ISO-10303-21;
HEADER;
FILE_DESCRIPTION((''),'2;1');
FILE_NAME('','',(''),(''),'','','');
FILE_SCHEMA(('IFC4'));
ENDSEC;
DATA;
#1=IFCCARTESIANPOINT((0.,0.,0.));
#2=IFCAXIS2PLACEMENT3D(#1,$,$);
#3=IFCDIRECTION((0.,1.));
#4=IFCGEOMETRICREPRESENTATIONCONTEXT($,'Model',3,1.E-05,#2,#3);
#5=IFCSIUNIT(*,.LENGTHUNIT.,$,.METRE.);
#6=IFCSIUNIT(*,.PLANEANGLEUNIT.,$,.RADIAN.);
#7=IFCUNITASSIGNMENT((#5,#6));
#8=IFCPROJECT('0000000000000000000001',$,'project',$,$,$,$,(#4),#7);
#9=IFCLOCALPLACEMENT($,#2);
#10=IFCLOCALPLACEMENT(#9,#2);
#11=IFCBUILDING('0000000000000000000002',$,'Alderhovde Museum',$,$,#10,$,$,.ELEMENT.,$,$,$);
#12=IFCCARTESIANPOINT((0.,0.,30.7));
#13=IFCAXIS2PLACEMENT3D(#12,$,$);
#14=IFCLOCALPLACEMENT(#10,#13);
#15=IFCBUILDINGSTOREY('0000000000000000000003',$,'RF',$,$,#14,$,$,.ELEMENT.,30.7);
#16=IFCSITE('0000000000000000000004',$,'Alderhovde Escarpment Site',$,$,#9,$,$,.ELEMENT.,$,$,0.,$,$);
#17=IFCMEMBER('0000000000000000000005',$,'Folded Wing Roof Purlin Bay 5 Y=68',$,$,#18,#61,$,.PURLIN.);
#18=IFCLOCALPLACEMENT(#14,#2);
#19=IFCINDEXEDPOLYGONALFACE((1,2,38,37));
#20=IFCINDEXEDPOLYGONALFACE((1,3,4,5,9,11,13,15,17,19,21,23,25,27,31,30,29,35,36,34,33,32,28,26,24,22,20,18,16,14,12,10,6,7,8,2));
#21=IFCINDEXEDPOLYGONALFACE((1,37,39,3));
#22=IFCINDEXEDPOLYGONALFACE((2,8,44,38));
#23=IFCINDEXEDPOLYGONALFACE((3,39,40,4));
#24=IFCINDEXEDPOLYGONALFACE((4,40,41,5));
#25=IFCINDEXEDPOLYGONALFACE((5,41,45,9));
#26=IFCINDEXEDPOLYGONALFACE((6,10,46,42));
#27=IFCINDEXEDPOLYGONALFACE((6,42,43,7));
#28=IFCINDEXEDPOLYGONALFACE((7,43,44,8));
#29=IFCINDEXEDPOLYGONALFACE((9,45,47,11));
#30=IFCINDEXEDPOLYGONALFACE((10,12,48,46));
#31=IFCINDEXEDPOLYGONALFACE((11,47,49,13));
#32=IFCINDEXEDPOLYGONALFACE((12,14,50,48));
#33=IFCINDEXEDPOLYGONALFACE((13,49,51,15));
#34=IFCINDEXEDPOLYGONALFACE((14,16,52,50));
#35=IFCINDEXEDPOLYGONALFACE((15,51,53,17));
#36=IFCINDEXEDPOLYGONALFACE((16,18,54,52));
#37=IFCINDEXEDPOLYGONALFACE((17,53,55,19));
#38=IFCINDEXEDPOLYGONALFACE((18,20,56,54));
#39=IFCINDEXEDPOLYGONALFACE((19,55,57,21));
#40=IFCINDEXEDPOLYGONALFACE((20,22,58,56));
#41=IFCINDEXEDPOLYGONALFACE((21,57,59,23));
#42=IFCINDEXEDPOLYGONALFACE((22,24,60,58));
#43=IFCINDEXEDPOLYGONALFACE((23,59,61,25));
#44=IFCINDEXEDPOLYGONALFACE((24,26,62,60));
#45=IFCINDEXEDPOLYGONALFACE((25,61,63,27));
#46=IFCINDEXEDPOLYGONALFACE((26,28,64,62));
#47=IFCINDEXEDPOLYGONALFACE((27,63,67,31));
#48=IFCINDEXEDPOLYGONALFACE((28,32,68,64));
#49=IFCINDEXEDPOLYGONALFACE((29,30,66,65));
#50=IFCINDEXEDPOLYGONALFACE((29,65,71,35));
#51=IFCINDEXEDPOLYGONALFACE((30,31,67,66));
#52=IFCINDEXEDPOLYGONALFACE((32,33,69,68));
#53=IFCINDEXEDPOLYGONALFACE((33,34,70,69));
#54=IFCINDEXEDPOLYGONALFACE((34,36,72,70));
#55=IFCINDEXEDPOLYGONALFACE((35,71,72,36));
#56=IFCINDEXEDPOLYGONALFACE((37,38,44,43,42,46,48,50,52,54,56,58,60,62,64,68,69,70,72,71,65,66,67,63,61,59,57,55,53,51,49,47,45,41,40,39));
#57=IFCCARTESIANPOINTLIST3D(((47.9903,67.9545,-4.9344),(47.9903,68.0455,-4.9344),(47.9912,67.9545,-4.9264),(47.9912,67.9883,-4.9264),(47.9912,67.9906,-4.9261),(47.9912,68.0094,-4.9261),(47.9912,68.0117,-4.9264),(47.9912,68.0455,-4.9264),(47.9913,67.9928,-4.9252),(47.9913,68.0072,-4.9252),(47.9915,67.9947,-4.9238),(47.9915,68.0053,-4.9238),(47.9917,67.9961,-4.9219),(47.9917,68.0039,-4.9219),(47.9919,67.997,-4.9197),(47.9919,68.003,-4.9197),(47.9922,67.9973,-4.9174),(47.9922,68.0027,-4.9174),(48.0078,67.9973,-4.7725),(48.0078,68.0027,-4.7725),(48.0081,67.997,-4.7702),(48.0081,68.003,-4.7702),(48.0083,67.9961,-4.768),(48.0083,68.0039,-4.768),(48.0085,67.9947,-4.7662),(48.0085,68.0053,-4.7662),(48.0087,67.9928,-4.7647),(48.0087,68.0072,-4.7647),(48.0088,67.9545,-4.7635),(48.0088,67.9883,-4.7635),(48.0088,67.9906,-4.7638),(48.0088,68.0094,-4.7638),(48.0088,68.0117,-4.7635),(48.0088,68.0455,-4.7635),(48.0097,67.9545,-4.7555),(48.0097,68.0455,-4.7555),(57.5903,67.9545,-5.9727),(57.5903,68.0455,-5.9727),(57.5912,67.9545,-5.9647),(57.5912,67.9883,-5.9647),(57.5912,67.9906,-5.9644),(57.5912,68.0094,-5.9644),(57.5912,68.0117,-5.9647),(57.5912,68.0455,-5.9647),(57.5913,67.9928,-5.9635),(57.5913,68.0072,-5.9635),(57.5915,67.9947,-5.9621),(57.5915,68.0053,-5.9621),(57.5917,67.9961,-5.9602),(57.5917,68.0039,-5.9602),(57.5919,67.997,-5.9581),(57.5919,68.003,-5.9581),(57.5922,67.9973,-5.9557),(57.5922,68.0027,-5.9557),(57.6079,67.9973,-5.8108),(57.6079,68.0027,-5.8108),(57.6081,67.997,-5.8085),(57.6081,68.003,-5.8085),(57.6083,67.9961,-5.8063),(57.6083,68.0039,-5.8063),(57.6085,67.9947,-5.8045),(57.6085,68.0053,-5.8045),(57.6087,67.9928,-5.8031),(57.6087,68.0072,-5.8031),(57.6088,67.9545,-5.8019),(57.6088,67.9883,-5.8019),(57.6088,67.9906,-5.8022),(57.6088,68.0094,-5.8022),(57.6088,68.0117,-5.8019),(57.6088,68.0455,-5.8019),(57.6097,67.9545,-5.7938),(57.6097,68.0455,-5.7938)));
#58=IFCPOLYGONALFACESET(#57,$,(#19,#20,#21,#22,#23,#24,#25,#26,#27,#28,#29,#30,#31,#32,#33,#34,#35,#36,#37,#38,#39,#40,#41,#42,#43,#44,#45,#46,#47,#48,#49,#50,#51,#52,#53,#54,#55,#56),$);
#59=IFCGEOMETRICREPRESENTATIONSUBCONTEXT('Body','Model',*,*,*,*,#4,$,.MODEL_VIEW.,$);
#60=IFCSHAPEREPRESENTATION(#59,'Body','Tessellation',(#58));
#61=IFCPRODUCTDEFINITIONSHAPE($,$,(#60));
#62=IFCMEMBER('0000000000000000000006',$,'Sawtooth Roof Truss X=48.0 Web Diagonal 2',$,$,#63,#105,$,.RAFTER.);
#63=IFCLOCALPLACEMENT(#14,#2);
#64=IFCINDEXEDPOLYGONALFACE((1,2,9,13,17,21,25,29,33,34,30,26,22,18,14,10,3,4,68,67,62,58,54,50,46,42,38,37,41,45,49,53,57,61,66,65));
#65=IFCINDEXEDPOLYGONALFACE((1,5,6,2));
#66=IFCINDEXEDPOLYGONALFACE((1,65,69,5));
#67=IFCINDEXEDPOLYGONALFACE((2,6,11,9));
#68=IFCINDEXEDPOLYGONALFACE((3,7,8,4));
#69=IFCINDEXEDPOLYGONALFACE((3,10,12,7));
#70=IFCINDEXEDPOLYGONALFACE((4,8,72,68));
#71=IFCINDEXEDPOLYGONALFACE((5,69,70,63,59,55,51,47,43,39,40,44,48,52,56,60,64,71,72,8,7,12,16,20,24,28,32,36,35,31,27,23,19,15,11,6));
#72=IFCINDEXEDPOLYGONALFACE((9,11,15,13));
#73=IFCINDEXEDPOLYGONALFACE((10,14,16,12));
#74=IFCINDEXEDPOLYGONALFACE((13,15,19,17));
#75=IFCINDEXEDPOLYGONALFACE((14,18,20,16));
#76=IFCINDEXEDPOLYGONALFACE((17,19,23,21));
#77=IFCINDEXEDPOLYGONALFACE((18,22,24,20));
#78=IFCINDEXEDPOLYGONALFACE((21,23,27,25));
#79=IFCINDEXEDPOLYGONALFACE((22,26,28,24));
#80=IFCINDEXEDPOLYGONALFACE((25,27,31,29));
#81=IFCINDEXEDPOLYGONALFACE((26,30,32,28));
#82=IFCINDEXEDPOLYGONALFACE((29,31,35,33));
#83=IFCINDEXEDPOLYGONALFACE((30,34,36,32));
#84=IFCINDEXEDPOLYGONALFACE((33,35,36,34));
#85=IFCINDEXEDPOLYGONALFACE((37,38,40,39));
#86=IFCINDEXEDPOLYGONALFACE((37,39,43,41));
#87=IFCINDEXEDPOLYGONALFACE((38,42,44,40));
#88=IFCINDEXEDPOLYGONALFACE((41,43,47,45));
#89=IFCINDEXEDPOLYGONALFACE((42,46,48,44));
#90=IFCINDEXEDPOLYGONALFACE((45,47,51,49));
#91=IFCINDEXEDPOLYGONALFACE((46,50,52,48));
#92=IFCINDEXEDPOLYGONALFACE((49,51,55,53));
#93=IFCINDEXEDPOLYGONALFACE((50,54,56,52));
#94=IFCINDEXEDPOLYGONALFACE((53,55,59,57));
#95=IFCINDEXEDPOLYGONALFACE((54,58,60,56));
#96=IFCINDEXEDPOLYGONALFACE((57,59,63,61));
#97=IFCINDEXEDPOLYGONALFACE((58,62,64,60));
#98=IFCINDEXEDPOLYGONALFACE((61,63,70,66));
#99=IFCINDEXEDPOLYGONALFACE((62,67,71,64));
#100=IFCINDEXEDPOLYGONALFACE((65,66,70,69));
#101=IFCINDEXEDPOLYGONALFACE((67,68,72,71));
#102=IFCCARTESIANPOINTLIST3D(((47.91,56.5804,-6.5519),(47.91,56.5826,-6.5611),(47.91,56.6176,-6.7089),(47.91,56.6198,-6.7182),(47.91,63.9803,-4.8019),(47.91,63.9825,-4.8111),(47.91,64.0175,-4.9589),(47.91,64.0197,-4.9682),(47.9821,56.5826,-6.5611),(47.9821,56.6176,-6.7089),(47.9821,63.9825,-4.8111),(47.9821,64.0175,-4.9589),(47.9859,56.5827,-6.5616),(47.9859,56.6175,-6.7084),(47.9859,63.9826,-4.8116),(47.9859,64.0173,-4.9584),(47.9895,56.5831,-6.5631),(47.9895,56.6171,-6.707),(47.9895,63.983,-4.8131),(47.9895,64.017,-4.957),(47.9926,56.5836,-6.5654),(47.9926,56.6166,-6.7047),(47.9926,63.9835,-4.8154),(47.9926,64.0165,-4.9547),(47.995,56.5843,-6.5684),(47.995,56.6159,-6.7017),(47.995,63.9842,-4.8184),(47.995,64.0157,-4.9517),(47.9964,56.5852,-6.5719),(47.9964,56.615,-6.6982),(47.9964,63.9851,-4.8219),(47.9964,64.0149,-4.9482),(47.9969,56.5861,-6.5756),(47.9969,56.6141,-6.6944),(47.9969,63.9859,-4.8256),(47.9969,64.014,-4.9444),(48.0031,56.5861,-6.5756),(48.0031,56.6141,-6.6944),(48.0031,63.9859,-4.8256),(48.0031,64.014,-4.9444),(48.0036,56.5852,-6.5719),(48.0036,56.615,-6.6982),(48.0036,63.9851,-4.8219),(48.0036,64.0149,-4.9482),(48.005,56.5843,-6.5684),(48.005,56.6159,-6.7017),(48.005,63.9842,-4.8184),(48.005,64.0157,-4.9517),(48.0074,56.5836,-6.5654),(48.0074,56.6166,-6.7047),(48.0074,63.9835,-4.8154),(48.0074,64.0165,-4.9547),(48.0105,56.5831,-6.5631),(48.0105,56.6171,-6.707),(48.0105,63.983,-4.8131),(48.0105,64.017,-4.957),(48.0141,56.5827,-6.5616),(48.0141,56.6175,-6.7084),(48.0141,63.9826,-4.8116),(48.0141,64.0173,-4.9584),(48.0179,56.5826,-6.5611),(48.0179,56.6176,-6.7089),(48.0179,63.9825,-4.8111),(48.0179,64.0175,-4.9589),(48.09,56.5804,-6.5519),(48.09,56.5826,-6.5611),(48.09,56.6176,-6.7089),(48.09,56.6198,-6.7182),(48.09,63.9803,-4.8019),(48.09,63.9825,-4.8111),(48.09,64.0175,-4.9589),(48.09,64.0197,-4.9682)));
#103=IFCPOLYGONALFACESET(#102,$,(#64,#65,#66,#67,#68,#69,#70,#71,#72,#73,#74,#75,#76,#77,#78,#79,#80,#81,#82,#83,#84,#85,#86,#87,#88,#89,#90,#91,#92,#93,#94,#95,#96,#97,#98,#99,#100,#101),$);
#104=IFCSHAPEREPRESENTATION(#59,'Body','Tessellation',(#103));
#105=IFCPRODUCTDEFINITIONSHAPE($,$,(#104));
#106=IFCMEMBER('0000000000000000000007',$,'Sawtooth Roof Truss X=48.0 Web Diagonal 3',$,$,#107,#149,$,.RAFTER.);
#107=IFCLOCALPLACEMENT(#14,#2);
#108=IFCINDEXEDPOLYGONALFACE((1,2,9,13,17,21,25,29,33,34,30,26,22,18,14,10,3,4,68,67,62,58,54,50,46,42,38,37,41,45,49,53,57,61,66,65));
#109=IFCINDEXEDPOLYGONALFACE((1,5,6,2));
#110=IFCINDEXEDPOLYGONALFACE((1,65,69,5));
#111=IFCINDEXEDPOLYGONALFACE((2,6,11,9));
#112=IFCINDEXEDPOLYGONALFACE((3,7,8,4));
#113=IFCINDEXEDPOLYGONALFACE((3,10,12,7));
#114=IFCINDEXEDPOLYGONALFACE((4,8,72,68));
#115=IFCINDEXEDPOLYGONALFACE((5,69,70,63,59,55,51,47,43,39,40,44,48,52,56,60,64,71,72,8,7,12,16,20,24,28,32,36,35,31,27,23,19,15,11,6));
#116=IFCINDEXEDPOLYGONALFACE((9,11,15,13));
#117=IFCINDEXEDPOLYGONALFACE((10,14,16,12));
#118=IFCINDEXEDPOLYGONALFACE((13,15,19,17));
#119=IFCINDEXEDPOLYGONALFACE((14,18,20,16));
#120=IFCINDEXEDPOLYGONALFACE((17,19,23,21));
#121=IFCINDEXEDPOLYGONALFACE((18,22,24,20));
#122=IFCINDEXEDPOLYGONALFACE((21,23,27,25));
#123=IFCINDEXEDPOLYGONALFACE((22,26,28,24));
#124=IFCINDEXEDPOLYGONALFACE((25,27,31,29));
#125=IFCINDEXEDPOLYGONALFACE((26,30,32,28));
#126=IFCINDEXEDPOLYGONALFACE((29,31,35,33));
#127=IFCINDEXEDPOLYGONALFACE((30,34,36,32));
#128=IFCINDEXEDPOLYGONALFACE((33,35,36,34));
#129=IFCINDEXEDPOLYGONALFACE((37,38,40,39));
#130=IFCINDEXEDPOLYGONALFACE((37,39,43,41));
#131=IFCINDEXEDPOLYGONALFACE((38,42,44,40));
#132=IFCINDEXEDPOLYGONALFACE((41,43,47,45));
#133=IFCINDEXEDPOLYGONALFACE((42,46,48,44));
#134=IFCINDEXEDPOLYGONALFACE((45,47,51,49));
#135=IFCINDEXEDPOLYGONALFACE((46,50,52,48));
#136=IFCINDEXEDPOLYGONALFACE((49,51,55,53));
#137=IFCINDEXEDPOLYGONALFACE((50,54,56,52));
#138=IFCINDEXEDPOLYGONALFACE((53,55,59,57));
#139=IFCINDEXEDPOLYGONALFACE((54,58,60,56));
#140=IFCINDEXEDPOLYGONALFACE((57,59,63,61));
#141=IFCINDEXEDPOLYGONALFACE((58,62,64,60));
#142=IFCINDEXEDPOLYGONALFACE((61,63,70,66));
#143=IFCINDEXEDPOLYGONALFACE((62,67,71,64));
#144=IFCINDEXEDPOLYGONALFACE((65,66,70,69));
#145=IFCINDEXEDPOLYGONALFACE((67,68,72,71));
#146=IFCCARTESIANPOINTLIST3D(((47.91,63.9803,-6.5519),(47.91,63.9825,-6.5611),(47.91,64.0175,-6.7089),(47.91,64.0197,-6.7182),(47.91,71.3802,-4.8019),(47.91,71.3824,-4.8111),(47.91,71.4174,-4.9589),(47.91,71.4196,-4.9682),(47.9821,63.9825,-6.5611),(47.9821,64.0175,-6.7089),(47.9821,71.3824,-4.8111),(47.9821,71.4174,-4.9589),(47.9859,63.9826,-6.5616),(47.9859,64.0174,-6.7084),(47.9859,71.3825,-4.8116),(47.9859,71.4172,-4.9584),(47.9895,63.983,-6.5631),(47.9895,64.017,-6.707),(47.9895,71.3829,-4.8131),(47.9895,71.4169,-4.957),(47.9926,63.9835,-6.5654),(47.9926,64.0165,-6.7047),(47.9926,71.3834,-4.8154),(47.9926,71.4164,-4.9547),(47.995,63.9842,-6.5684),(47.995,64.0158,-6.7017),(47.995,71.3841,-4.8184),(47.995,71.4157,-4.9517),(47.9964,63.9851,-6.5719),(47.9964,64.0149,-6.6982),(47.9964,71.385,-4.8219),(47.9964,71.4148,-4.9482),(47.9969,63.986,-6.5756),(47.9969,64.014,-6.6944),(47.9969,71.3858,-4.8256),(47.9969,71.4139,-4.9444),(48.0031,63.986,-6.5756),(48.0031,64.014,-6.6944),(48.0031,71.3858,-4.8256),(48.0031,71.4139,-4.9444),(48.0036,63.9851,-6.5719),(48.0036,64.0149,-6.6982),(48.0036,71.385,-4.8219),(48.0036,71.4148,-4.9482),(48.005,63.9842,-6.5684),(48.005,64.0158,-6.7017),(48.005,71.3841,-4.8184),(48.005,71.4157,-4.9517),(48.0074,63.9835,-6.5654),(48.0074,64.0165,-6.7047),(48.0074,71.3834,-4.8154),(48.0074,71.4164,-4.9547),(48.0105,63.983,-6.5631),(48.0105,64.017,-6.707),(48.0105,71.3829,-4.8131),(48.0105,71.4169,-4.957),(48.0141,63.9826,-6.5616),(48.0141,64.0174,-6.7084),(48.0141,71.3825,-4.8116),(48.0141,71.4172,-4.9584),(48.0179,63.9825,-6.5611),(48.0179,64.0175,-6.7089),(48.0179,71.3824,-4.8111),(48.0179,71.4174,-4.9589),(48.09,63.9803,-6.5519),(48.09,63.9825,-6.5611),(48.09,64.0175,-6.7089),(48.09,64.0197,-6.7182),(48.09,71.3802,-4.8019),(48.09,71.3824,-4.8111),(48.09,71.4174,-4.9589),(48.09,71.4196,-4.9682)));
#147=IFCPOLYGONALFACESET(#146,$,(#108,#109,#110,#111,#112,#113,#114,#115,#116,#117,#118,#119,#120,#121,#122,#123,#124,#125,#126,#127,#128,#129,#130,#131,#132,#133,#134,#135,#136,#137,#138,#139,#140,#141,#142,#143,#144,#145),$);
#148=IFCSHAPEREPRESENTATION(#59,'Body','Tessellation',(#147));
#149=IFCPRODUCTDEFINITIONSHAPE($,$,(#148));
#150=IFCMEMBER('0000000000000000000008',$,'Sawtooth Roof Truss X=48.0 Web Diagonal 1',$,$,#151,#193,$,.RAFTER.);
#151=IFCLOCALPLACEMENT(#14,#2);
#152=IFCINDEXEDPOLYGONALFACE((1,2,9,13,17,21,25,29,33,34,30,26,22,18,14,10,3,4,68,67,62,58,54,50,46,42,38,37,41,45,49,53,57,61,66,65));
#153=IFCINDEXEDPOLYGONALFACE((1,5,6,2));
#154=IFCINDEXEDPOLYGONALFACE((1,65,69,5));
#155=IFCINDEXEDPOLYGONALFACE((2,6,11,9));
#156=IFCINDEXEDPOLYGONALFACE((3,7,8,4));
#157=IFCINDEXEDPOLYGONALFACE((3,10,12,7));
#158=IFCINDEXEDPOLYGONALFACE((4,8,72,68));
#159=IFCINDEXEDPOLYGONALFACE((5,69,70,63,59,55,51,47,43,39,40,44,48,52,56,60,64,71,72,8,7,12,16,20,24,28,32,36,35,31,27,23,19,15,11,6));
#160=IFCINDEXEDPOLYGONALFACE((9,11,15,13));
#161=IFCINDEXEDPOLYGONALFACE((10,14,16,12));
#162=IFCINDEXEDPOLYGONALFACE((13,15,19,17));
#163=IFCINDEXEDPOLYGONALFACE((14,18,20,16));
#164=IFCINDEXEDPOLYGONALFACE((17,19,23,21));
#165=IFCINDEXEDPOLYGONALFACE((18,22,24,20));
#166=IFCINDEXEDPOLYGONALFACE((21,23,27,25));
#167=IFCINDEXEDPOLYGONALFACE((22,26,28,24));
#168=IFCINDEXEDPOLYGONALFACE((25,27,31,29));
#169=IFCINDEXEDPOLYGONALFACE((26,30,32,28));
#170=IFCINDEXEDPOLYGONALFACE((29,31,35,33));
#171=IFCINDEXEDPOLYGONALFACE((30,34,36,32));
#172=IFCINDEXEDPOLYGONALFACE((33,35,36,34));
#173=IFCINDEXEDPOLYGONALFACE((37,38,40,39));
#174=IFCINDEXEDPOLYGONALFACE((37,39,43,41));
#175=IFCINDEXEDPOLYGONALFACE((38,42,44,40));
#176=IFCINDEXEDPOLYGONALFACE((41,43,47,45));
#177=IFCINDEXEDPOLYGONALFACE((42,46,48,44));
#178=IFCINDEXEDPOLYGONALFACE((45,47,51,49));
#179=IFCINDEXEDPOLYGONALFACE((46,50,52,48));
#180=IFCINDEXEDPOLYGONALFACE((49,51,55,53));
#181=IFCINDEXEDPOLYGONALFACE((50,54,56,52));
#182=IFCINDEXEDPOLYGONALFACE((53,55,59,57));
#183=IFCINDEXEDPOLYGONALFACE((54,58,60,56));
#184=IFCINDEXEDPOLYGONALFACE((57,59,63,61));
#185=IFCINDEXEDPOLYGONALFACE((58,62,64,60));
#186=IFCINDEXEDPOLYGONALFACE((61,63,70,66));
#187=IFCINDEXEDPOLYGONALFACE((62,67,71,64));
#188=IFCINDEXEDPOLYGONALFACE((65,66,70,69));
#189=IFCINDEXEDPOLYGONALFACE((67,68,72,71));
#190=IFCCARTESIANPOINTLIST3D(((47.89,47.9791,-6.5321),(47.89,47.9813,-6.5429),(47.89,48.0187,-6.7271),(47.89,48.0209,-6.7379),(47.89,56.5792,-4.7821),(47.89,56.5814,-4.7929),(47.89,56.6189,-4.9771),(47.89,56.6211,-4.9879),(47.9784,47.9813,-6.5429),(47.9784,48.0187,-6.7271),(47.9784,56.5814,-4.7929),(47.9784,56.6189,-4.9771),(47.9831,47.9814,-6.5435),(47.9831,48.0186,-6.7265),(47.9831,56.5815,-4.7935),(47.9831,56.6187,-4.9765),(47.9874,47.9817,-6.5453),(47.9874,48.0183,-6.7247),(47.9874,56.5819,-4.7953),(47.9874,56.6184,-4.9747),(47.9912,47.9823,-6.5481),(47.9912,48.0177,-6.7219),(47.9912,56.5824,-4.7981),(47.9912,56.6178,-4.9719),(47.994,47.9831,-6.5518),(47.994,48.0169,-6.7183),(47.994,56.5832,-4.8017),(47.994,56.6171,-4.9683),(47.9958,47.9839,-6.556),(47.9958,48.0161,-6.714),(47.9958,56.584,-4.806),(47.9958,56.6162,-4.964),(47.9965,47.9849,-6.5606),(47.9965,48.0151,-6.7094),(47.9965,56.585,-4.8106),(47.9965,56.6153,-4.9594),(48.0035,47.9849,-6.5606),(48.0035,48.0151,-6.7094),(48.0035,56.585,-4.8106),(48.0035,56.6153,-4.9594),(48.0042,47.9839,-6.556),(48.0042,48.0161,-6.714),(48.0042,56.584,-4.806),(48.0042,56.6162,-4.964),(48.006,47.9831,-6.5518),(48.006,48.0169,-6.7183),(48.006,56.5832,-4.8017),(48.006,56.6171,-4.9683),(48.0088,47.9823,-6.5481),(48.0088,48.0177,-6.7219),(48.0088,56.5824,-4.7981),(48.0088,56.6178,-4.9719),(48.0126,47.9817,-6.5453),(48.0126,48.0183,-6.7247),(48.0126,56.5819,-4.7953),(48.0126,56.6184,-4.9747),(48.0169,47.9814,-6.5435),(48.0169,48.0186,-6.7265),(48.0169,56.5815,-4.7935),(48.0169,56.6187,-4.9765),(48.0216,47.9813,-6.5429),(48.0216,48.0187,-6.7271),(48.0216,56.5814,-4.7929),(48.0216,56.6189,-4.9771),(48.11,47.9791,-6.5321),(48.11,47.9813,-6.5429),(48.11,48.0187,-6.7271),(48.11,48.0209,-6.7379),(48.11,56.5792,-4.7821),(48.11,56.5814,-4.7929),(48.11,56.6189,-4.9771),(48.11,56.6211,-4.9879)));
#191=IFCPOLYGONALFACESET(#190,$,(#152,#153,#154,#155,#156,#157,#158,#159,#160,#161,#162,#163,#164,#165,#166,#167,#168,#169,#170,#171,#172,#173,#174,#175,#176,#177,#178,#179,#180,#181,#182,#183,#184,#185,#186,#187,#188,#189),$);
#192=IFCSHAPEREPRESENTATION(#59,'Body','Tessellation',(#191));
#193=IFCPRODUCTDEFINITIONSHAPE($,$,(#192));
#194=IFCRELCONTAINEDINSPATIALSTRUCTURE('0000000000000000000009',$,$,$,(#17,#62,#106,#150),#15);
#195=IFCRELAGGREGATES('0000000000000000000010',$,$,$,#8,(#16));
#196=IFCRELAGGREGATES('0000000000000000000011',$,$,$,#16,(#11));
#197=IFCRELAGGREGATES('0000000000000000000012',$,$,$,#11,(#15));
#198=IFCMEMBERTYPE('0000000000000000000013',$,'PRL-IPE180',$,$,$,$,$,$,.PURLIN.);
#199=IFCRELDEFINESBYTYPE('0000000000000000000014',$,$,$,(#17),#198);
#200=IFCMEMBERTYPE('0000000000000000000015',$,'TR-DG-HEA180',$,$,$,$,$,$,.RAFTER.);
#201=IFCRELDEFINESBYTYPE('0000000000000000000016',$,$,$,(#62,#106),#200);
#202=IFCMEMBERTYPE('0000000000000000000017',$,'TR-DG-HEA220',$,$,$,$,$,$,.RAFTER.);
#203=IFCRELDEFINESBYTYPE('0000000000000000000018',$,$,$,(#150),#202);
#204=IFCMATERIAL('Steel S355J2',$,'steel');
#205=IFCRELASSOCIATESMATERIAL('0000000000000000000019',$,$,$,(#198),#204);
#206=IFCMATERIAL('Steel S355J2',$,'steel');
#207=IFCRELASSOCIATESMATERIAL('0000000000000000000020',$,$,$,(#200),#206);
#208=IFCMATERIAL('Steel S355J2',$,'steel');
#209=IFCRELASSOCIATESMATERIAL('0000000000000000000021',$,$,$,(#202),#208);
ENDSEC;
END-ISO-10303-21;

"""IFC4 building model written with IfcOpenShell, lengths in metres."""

from ifc_helpers import new_model, si_unit, direction, frame, origin, origin_2d, place, context, subcontext, project, spatial, i_section, extrude, material, material_profile, profile_set, type_object, element, save


model = new_model("IFC4")

# Units and contexts
model_context = context("Model", 3, precision=1e-05, world=origin(), true_north=direction((0.0, 1.0)))
body_context = subcontext(model_context, "Body", "Model", "MODEL_VIEW")
ifc_project = project(units=[si_unit("LENGTHUNIT", "METRE"), si_unit("PLANEANGLEUNIT", "RADIAN")], contexts=[model_context])

# Site, building, storey
site_placement = place(None, origin())
site = spatial("IfcSite", under=ifc_project, at=site_placement, Name="Alderhovde Escarpment Site", CompositionType="ELEMENT", RefElevation=0.0)
building_placement = place(site_placement, origin())
building = spatial("IfcBuilding", under=site, at=building_placement, Name="Alderhovde Museum", CompositionType="ELEMENT")
storey_placement = place(building_placement, frame((0.0, 0.0, 30.7)))
storey = spatial("IfcBuildingStorey", under=building, at=storey_placement, Name="RF", CompositionType="ELEMENT", Elevation=30.7)

# Members
ifc_material_1 = material(Name="Steel S355J2", Category="steel")
ifc_material_profile_1 = material_profile(ifc_material_1, i_section(OverallWidth=0.0911, OverallDepth=0.1799, WebThickness=0.0054, FlangeThickness=0.0081, FilletRadius=0.009, at=origin_2d()), Name="IPE 180")
ifc_profile_set_1 = profile_set([ifc_material_profile_1], Name="Steel S355J2")
member_type_1 = type_object("IfcMemberType", Name="PRL-IPE180", PredefinedType="PURLIN", material=ifc_profile_set_1)
for number, where, z_axis, x_axis, name in (
    (1, (48.0, 68.0, -4.845), (0.994202, 0.0, -0.107531), (0.0, 1.0, 0.0), "Folded Wing Roof Purlin Bay 5 Y=68"),
):
    element("IfcMember", number, at=place(storey_placement, frame(where, z_axis=z_axis, x_axis=x_axis)), inside=storey, type_object=member_type_1, Name=name, PredefinedType="PURLIN", context=body_context, shape_type="SweptSolid", body=[
        extrude(i_section(OverallWidth=0.0911, OverallDepth=0.1799, WebThickness=0.0054, FlangeThickness=0.0081, FilletRadius=0.009, at=origin_2d()), origin(), (0.0, 0.0, 1.0), 9.656),
    ])
ifc_material_2 = material(Name="Steel S355J2", Category="steel")
ifc_material_profile_2 = material_profile(ifc_material_2, i_section(OverallWidth=0.1799, OverallDepth=0.1709, WebThickness=0.0061, FlangeThickness=0.0095, FilletRadius=0.0149, at=origin_2d()), Name="HEA 180")
ifc_profile_set_2 = profile_set([ifc_material_profile_2], Name="Steel S355J2")
member_type_2 = type_object("IfcMemberType", Name="TR-DG-HEA180", PredefinedType="RAFTER", material=ifc_profile_set_2)
for number, where, z_axis, x_axis, name in (
    (2, (48.0, 56.6001, -6.635), (0.0, 0.973157, 0.230142), (-1.0, 0.0, 0.0), "Sawtooth Roof Truss X=48.0 Web Diagonal 2"),
    (3, (48.0, 64.0, -6.635), (0.0, 0.973157, 0.230142), (-1.0, 0.0, 0.0), "Sawtooth Roof Truss X=48.0 Web Diagonal 3"),
):
    element("IfcMember", number, at=place(storey_placement, frame(where, z_axis=z_axis, x_axis=x_axis)), inside=storey, type_object=member_type_2, Name=name, PredefinedType="RAFTER", context=body_context, shape_type="SweptSolid", body=[
        extrude(i_section(OverallWidth=0.1799, OverallDepth=0.1709, WebThickness=0.0061, FlangeThickness=0.0095, FilletRadius=0.0149, at=origin_2d()), origin(), (0.0, 0.0, 1.0), 7.604),
    ])
ifc_material_3 = material(Name="Steel S355J2", Category="steel")
ifc_material_profile_3 = material_profile(ifc_material_3, i_section(OverallWidth=0.22, OverallDepth=0.21, WebThickness=0.0071, FlangeThickness=0.011, FilletRadius=0.0181, at=origin_2d()), Name="HEA 220")
ifc_profile_set_3 = profile_set([ifc_material_profile_3], Name="Steel S355J2")
member_type_3 = type_object("IfcMemberType", Name="TR-DG-HEA220", PredefinedType="RAFTER", material=ifc_profile_set_3)
member_1_placement = place(storey_placement, frame((48.0, 48.0, -6.635), z_axis=(0.0, 0.979918, 0.1994), x_axis=(-1.0, 0.0, 0.0)))
element("IfcMember", 4, at=member_1_placement, inside=storey, type_object=member_type_3, Name="Sawtooth Roof Truss X=48.0 Web Diagonal 1", PredefinedType="RAFTER", context=body_context, shape_type="SweptSolid", body=[
    extrude(i_section(OverallWidth=0.22, OverallDepth=0.21, WebThickness=0.0071, FlangeThickness=0.011, FilletRadius=0.0181, at=origin_2d()), origin(), (0.0, 0.0, 1.0), 8.7764),
])

save(model, "model.ifc")
